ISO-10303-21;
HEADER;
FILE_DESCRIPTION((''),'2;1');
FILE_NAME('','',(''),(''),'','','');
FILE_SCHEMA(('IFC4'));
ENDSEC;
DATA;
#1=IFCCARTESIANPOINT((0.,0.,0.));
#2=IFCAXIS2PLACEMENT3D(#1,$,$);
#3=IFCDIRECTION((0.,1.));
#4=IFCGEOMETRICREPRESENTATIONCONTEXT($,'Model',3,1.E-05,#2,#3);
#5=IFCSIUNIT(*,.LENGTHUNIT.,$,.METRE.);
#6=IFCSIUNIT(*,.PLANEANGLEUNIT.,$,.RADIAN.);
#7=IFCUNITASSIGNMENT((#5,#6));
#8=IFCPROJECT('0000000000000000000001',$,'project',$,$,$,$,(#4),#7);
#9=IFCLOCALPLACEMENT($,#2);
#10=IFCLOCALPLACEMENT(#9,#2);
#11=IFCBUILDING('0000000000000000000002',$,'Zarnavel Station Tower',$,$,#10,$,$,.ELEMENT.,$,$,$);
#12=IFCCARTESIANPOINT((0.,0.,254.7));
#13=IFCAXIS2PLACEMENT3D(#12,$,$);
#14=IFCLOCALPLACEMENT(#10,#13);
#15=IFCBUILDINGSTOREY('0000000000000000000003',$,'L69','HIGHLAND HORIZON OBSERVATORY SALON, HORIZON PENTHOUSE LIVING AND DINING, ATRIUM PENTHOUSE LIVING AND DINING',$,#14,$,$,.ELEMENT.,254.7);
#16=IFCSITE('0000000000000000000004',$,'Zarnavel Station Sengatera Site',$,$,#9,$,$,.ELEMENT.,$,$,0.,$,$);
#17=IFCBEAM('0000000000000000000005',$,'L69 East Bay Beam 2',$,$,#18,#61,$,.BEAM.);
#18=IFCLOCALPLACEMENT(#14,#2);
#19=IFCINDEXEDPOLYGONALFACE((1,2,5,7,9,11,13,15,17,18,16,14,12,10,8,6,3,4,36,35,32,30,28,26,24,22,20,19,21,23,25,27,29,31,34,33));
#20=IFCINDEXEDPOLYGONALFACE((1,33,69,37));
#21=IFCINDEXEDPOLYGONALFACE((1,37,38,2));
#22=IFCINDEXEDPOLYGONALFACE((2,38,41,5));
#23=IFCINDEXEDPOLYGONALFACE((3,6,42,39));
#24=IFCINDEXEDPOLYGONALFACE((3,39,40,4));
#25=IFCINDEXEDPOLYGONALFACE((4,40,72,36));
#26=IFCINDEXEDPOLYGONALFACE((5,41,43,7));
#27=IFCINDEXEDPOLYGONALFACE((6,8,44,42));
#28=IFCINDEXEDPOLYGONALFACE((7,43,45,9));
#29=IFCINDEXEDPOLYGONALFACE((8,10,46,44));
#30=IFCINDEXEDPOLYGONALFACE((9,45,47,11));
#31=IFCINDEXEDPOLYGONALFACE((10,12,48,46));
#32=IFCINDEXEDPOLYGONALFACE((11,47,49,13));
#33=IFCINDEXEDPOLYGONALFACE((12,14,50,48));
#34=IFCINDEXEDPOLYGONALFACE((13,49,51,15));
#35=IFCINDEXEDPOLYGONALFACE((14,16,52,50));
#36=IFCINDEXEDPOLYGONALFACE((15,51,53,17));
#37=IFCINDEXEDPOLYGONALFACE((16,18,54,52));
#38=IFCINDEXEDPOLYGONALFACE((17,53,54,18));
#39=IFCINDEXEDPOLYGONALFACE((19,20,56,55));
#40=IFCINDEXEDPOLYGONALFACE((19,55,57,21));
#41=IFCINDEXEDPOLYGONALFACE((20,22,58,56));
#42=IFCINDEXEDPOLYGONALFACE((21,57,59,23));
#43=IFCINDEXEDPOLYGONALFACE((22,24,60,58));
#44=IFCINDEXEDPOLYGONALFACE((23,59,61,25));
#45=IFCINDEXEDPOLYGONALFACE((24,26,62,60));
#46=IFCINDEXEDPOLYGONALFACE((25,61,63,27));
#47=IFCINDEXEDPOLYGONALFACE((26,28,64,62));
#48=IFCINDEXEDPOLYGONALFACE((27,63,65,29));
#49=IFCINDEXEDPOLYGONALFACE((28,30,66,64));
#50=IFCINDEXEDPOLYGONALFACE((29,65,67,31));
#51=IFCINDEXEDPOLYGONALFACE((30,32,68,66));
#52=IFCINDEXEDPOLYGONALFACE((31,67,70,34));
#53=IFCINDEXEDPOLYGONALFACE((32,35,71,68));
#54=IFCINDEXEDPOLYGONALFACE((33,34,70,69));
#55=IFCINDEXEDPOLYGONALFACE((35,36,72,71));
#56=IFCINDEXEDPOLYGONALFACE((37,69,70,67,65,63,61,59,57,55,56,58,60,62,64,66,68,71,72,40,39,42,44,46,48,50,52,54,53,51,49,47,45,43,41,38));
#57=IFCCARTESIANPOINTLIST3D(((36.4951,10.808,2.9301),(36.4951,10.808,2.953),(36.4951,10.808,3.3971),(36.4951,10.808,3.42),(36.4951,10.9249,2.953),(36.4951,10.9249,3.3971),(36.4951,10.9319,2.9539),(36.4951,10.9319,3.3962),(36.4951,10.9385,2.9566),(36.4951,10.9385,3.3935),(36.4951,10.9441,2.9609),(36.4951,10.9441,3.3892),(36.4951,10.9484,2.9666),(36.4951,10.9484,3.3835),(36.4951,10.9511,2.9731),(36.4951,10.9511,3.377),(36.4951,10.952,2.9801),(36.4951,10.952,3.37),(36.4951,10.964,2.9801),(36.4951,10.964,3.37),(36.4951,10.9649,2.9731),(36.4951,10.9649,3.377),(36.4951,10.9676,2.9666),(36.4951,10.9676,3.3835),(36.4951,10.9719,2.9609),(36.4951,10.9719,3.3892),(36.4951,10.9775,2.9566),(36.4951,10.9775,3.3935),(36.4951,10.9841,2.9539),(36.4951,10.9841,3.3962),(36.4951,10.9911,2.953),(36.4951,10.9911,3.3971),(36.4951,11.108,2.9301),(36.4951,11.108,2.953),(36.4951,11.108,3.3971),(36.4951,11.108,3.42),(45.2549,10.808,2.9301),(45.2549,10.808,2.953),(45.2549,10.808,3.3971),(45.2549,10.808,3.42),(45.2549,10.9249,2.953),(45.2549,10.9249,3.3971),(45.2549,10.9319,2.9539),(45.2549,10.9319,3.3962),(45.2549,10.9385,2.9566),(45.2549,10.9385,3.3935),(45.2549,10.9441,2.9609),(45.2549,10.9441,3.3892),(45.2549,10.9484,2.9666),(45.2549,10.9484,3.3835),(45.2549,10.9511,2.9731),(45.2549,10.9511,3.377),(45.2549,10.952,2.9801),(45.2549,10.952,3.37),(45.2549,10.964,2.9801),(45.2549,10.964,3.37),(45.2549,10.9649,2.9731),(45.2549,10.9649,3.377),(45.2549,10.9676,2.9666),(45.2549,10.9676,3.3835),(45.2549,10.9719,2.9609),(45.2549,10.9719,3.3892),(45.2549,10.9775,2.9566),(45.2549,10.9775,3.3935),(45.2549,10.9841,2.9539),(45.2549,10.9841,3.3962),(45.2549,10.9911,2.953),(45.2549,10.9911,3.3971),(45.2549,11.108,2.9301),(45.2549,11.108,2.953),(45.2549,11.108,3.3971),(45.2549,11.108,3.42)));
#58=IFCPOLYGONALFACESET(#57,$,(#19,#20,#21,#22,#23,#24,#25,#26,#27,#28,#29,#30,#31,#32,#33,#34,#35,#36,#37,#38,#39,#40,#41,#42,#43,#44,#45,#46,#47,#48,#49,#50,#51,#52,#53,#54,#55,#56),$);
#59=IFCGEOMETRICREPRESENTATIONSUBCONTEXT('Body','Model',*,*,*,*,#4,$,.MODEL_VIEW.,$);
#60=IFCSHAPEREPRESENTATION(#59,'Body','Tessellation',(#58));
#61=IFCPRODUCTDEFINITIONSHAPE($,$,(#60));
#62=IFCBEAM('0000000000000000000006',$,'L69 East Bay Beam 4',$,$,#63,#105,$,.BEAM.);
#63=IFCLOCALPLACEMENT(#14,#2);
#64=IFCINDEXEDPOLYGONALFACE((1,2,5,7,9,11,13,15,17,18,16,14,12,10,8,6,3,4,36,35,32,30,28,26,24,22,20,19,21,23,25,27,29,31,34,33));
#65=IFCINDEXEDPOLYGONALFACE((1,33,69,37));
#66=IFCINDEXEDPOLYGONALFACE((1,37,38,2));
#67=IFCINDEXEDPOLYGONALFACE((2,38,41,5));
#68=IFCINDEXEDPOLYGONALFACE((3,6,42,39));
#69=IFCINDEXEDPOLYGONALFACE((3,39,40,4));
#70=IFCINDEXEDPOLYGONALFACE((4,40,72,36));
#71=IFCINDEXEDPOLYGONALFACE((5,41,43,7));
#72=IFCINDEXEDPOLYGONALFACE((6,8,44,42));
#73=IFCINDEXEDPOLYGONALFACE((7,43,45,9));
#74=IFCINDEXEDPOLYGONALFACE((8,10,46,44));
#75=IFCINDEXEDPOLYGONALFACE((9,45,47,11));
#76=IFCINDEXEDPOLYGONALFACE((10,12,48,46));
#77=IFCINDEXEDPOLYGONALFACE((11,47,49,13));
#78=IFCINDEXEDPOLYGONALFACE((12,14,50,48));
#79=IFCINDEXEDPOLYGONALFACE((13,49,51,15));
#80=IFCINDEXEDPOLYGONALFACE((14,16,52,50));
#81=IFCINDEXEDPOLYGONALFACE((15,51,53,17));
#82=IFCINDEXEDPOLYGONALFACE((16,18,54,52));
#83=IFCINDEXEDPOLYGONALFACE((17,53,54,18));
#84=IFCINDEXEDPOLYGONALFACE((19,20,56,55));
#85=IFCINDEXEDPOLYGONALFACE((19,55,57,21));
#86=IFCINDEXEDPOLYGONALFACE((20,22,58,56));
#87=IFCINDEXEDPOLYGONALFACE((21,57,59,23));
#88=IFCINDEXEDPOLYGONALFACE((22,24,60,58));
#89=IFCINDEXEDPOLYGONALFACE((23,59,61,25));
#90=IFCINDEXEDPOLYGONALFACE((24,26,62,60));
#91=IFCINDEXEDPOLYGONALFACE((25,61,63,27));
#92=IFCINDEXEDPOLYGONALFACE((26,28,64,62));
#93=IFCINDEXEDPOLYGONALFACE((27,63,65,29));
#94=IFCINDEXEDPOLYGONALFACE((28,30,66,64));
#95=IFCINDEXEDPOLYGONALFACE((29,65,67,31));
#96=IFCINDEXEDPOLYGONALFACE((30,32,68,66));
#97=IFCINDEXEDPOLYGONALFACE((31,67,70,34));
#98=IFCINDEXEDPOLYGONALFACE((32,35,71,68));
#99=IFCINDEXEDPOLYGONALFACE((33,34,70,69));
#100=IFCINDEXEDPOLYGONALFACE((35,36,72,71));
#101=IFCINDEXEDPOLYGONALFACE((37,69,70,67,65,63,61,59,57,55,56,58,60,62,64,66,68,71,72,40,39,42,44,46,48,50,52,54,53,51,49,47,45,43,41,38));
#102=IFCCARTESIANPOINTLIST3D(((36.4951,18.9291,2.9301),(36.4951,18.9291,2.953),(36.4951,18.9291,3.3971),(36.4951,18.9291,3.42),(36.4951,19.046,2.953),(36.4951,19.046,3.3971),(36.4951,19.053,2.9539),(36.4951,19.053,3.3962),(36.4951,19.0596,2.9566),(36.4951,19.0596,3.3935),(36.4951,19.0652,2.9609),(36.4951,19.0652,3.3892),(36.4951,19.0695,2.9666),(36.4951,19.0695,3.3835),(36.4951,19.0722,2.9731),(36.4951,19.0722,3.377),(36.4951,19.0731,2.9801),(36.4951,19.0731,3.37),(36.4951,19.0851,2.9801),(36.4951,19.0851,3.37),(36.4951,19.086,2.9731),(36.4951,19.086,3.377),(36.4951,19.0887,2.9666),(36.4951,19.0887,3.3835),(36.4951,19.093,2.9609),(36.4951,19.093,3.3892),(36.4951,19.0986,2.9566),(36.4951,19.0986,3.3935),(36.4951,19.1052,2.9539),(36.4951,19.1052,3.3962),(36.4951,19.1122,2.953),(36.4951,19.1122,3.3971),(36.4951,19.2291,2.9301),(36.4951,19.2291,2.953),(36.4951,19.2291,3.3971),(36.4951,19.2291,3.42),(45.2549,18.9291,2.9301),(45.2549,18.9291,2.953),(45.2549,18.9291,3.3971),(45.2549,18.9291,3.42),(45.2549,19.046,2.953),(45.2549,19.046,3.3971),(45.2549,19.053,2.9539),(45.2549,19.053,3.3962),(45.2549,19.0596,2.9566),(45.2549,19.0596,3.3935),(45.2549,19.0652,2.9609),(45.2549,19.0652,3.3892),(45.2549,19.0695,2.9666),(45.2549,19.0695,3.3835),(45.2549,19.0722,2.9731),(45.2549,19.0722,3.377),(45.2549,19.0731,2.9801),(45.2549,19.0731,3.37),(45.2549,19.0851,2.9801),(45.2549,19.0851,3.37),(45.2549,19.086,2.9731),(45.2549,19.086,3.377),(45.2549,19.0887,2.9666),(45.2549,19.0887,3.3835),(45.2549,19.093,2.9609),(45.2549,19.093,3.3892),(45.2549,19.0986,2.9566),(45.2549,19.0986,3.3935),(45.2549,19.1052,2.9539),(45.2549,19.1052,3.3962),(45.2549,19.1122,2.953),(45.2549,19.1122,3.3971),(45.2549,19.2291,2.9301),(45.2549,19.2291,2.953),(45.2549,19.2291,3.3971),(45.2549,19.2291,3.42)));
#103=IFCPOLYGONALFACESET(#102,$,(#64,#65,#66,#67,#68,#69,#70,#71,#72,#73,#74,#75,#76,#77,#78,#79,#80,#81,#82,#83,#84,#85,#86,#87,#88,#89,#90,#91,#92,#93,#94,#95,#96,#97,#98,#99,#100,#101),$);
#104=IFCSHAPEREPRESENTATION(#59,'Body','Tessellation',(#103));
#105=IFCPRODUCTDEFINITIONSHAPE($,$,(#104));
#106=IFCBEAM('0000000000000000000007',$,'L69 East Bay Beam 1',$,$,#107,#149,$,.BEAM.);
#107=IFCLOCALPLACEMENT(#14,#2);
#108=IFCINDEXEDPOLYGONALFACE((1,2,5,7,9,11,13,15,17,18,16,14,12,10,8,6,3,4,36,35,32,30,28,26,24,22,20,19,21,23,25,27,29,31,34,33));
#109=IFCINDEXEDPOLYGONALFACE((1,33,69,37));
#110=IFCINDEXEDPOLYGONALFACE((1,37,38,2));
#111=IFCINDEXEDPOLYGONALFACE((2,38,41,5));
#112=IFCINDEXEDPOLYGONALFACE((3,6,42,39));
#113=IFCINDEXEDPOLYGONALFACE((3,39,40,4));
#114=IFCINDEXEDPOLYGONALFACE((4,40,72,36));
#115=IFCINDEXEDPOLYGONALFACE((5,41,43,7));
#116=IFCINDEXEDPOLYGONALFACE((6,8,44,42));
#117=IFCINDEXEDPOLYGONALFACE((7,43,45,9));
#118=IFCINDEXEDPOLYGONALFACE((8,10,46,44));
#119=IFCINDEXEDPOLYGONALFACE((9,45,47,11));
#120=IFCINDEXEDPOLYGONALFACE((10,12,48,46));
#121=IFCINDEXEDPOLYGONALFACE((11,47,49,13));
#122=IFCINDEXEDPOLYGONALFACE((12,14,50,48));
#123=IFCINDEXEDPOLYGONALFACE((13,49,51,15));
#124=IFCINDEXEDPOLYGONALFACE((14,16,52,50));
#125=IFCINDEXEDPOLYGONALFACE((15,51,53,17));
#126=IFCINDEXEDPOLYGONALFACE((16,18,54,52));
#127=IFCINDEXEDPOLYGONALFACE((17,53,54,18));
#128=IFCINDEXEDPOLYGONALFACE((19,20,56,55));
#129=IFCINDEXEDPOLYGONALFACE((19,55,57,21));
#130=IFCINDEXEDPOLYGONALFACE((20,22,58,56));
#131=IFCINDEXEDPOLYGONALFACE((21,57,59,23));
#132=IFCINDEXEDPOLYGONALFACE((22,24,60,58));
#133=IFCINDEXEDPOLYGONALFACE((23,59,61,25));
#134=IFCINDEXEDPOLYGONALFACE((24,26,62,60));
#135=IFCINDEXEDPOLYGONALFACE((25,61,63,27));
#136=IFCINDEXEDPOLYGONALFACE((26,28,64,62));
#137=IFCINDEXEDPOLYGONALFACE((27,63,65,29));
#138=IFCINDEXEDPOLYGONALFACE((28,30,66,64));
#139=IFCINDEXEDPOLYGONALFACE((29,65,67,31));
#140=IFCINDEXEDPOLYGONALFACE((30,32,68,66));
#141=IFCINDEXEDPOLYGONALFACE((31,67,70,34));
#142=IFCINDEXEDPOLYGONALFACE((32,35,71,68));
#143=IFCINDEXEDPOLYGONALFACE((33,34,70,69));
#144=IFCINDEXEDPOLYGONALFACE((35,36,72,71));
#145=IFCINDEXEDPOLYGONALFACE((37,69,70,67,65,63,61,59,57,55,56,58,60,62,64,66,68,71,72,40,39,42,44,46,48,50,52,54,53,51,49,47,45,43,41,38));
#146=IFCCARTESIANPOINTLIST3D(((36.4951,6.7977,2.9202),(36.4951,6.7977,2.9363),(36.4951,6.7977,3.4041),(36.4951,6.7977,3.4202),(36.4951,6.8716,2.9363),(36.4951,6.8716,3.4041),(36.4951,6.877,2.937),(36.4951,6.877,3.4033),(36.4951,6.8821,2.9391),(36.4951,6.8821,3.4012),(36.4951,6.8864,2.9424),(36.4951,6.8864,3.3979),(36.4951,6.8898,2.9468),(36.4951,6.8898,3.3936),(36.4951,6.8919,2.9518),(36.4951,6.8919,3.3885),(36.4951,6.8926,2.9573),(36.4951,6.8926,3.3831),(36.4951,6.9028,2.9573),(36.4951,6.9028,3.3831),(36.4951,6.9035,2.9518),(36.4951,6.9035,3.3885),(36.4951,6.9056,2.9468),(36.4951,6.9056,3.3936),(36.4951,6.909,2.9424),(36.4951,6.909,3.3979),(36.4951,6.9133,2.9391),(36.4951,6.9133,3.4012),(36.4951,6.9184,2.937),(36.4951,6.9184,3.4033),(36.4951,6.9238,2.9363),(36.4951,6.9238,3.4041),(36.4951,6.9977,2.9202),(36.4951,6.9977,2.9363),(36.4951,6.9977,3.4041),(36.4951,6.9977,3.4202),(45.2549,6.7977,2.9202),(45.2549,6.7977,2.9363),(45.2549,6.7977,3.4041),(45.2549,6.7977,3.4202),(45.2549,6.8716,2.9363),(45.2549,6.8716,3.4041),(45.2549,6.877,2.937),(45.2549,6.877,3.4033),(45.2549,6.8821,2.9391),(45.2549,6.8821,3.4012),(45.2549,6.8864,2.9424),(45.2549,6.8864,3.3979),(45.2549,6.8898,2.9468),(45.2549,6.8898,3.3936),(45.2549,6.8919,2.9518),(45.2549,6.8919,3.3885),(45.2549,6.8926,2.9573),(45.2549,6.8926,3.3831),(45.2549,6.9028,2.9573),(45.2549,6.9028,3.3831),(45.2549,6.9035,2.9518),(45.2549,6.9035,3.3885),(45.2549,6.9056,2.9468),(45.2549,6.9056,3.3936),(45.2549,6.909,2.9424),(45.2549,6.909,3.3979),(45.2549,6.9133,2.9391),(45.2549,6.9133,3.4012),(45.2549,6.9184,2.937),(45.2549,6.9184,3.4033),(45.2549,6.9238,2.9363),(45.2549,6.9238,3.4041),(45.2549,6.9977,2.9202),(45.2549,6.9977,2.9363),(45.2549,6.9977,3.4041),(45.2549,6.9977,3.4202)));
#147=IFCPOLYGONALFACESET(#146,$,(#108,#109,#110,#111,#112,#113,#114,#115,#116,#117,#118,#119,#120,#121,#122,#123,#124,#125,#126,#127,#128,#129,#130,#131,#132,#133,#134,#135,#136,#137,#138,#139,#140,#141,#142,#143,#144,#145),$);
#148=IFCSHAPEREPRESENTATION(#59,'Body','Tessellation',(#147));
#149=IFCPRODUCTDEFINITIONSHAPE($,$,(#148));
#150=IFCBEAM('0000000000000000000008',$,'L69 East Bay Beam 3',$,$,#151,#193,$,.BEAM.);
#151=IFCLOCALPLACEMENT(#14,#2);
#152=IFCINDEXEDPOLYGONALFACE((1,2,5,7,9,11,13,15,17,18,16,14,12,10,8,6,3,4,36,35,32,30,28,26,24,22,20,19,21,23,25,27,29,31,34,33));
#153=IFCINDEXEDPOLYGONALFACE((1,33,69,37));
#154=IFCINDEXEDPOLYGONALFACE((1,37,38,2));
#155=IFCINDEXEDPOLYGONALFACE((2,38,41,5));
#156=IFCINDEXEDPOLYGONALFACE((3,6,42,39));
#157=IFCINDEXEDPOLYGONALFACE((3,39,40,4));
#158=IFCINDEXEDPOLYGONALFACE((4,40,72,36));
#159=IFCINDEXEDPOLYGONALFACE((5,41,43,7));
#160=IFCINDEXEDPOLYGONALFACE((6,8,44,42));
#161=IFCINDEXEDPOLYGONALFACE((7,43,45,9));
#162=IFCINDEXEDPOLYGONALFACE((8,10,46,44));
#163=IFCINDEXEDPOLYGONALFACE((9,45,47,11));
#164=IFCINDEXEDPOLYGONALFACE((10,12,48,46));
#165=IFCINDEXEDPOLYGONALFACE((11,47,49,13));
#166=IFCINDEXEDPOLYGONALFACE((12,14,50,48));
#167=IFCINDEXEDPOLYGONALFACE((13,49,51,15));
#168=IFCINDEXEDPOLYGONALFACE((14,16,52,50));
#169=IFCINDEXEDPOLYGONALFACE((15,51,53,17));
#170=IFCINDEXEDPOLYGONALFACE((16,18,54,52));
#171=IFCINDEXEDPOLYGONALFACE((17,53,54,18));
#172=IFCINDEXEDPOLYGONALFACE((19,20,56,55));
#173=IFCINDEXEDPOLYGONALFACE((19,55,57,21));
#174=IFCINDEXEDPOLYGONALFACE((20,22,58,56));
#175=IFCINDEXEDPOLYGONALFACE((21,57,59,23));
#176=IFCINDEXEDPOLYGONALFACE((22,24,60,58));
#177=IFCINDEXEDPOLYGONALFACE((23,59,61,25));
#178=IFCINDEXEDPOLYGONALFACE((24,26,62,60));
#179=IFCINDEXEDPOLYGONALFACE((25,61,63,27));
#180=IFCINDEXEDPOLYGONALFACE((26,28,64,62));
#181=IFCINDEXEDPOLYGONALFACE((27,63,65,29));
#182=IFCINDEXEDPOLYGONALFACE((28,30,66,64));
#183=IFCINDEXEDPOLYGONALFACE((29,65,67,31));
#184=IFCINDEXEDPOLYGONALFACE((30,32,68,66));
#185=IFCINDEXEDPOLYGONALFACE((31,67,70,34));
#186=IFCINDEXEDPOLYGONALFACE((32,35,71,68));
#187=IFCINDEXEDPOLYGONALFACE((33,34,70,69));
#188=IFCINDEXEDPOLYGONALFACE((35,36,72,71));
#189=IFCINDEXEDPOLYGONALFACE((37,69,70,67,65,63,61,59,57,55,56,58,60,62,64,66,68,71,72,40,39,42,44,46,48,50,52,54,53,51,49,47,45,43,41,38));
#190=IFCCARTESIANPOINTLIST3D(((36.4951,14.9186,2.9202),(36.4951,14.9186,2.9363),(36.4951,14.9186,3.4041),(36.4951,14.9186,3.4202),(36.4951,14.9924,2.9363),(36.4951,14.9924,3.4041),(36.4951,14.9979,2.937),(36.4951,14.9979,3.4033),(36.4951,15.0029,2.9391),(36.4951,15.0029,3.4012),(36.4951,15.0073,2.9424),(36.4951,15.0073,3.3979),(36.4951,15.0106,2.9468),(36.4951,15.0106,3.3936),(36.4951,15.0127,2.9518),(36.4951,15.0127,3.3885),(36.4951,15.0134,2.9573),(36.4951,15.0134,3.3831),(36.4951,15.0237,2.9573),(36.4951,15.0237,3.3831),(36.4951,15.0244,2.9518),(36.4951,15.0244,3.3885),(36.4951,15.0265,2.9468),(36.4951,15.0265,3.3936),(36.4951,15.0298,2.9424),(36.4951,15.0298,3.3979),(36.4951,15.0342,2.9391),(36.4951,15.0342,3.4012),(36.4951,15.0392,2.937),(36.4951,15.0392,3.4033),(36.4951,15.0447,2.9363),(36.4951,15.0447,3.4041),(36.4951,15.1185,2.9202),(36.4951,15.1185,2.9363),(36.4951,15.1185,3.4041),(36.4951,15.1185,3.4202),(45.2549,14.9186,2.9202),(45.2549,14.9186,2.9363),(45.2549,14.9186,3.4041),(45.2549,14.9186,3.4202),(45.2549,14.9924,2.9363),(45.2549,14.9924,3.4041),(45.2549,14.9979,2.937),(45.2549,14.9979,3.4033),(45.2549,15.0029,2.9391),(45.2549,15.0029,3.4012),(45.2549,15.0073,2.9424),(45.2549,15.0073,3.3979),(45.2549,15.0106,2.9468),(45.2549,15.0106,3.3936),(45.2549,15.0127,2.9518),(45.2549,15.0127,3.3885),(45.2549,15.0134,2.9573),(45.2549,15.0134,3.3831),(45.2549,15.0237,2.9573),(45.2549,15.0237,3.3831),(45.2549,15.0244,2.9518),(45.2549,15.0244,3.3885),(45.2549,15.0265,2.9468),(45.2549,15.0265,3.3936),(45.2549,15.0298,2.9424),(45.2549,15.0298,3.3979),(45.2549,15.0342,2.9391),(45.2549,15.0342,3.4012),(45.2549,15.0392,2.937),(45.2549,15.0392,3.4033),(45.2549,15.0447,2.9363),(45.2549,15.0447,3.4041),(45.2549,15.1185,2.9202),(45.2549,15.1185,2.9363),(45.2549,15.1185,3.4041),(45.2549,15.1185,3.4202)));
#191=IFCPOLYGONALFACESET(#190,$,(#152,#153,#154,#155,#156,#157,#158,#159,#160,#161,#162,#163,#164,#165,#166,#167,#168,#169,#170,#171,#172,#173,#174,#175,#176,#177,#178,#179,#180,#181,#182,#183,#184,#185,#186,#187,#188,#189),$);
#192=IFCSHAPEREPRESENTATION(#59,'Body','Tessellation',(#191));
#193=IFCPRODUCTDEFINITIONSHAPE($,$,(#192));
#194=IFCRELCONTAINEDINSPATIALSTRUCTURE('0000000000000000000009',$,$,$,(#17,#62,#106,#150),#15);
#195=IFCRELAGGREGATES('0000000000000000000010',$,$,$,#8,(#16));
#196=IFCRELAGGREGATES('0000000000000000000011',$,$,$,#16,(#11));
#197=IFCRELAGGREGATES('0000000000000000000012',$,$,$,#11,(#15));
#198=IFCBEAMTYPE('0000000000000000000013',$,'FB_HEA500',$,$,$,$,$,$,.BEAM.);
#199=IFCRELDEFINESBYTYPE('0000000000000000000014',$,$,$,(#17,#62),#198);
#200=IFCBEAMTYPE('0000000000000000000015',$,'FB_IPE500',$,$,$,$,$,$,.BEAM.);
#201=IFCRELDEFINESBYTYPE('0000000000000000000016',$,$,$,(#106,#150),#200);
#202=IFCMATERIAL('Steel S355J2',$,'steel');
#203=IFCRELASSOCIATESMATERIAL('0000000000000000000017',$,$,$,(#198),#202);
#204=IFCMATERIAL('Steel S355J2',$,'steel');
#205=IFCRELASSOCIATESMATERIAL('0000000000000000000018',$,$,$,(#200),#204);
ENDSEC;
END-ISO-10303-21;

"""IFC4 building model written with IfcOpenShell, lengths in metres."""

from ifc_helpers import new_model, si_unit, direction, frame, origin, origin_2d, place, context, subcontext, project, spatial, i_section, extrude, material, material_profile, profile_set, type_object, element, save


model = new_model("IFC4")

# Units and contexts
model_context = context("Model", 3, precision=1e-05, world=origin(), true_north=direction((0.0, 1.0)))
body_context = subcontext(model_context, "Body", "Model", "MODEL_VIEW")
ifc_project = project(units=[si_unit("LENGTHUNIT", "METRE"), si_unit("PLANEANGLEUNIT", "RADIAN")], contexts=[model_context])

# Site, building, storey
site_placement = place(None, origin())
site = spatial("IfcSite", under=ifc_project, at=site_placement, Name="Zarnavel Station Sengatera Site", CompositionType="ELEMENT", RefElevation=0.0)
building_placement = place(site_placement, origin())
building = spatial("IfcBuilding", under=site, at=building_placement, Name="Zarnavel Station Tower", CompositionType="ELEMENT")
storey_placement = place(building_placement, frame((0.0, 0.0, 254.7)))
storey = spatial("IfcBuildingStorey", under=building, at=storey_placement, Name="L69", Description="HIGHLAND HORIZON OBSERVATORY SALON, HORIZON PENTHOUSE LIVING AND DINING, ATRIUM PENTHOUSE LIVING AND DINING", CompositionType="ELEMENT", Elevation=254.7)

# Beams
ifc_material_1 = material(Name="Steel S355J2", Category="steel")
ifc_material_profile_1 = material_profile(ifc_material_1, i_section(OverallWidth=0.3, OverallDepth=0.49, WebThickness=0.012, FlangeThickness=0.0229, FilletRadius=0.0271, at=origin_2d()), Name="HEA500")
ifc_profile_set_1 = profile_set([ifc_material_profile_1], Name="Steel S355J2")
beam_type_1 = type_object("IfcBeamType", Name="FB_HEA500", PredefinedType="BEAM", material=ifc_profile_set_1)
for number, where, z_axis, x_axis, name in (
    (1, (36.4951, 10.958, 3.175), (1.0, 0.0, 0.0), (0.0, 1.0, 0.0), "L69 East Bay Beam 2"),
    (2, (36.4951, 19.0791, 3.175), (1.0, 0.0, 0.0), (0.0, 1.0, 0.0), "L69 East Bay Beam 4"),
):
    element("IfcBeam", number, at=place(storey_placement, frame(where, z_axis=z_axis, x_axis=x_axis)), inside=storey, type_object=beam_type_1, Name=name, PredefinedType="BEAM", context=body_context, shape_type="SweptSolid", body=[
        extrude(i_section(OverallWidth=0.3, OverallDepth=0.49, WebThickness=0.012, FlangeThickness=0.0229, FilletRadius=0.0271, at=origin_2d()), origin(), (0.0, 0.0, 1.0), 8.7598),
    ])
ifc_material_2 = material(Name="Steel S355J2", Category="steel")
ifc_material_profile_2 = material_profile(ifc_material_2, i_section(OverallWidth=0.2, OverallDepth=0.5, WebThickness=0.0103, FlangeThickness=0.0161, FilletRadius=0.021, at=origin_2d()), Name="IPE500")
ifc_profile_set_2 = profile_set([ifc_material_profile_2], Name="Steel S355J2")
beam_type_2 = type_object("IfcBeamType", Name="FB_IPE500", PredefinedType="BEAM", material=ifc_profile_set_2)
for number, where, z_axis, x_axis, name in (
    (3, (36.4951, 6.8977, 3.1702), (1.0, 0.0, 0.0), (0.0, 1.0, 0.0), "L69 East Bay Beam 1"),
    (4, (36.4951, 15.0186, 3.1702), (1.0, 0.0, 0.0), (0.0, 1.0, 0.0), "L69 East Bay Beam 3"),
):
    element("IfcBeam", number, at=place(storey_placement, frame(where, z_axis=z_axis, x_axis=x_axis)), inside=storey, type_object=beam_type_2, Name=name, PredefinedType="BEAM", context=body_context, shape_type="SweptSolid", body=[
        extrude(i_section(OverallWidth=0.2, OverallDepth=0.5, WebThickness=0.0103, FlangeThickness=0.0161, FilletRadius=0.021, at=origin_2d()), origin(), (0.0, 0.0, 1.0), 8.7598),
    ])

save(model, "model.ifc")
